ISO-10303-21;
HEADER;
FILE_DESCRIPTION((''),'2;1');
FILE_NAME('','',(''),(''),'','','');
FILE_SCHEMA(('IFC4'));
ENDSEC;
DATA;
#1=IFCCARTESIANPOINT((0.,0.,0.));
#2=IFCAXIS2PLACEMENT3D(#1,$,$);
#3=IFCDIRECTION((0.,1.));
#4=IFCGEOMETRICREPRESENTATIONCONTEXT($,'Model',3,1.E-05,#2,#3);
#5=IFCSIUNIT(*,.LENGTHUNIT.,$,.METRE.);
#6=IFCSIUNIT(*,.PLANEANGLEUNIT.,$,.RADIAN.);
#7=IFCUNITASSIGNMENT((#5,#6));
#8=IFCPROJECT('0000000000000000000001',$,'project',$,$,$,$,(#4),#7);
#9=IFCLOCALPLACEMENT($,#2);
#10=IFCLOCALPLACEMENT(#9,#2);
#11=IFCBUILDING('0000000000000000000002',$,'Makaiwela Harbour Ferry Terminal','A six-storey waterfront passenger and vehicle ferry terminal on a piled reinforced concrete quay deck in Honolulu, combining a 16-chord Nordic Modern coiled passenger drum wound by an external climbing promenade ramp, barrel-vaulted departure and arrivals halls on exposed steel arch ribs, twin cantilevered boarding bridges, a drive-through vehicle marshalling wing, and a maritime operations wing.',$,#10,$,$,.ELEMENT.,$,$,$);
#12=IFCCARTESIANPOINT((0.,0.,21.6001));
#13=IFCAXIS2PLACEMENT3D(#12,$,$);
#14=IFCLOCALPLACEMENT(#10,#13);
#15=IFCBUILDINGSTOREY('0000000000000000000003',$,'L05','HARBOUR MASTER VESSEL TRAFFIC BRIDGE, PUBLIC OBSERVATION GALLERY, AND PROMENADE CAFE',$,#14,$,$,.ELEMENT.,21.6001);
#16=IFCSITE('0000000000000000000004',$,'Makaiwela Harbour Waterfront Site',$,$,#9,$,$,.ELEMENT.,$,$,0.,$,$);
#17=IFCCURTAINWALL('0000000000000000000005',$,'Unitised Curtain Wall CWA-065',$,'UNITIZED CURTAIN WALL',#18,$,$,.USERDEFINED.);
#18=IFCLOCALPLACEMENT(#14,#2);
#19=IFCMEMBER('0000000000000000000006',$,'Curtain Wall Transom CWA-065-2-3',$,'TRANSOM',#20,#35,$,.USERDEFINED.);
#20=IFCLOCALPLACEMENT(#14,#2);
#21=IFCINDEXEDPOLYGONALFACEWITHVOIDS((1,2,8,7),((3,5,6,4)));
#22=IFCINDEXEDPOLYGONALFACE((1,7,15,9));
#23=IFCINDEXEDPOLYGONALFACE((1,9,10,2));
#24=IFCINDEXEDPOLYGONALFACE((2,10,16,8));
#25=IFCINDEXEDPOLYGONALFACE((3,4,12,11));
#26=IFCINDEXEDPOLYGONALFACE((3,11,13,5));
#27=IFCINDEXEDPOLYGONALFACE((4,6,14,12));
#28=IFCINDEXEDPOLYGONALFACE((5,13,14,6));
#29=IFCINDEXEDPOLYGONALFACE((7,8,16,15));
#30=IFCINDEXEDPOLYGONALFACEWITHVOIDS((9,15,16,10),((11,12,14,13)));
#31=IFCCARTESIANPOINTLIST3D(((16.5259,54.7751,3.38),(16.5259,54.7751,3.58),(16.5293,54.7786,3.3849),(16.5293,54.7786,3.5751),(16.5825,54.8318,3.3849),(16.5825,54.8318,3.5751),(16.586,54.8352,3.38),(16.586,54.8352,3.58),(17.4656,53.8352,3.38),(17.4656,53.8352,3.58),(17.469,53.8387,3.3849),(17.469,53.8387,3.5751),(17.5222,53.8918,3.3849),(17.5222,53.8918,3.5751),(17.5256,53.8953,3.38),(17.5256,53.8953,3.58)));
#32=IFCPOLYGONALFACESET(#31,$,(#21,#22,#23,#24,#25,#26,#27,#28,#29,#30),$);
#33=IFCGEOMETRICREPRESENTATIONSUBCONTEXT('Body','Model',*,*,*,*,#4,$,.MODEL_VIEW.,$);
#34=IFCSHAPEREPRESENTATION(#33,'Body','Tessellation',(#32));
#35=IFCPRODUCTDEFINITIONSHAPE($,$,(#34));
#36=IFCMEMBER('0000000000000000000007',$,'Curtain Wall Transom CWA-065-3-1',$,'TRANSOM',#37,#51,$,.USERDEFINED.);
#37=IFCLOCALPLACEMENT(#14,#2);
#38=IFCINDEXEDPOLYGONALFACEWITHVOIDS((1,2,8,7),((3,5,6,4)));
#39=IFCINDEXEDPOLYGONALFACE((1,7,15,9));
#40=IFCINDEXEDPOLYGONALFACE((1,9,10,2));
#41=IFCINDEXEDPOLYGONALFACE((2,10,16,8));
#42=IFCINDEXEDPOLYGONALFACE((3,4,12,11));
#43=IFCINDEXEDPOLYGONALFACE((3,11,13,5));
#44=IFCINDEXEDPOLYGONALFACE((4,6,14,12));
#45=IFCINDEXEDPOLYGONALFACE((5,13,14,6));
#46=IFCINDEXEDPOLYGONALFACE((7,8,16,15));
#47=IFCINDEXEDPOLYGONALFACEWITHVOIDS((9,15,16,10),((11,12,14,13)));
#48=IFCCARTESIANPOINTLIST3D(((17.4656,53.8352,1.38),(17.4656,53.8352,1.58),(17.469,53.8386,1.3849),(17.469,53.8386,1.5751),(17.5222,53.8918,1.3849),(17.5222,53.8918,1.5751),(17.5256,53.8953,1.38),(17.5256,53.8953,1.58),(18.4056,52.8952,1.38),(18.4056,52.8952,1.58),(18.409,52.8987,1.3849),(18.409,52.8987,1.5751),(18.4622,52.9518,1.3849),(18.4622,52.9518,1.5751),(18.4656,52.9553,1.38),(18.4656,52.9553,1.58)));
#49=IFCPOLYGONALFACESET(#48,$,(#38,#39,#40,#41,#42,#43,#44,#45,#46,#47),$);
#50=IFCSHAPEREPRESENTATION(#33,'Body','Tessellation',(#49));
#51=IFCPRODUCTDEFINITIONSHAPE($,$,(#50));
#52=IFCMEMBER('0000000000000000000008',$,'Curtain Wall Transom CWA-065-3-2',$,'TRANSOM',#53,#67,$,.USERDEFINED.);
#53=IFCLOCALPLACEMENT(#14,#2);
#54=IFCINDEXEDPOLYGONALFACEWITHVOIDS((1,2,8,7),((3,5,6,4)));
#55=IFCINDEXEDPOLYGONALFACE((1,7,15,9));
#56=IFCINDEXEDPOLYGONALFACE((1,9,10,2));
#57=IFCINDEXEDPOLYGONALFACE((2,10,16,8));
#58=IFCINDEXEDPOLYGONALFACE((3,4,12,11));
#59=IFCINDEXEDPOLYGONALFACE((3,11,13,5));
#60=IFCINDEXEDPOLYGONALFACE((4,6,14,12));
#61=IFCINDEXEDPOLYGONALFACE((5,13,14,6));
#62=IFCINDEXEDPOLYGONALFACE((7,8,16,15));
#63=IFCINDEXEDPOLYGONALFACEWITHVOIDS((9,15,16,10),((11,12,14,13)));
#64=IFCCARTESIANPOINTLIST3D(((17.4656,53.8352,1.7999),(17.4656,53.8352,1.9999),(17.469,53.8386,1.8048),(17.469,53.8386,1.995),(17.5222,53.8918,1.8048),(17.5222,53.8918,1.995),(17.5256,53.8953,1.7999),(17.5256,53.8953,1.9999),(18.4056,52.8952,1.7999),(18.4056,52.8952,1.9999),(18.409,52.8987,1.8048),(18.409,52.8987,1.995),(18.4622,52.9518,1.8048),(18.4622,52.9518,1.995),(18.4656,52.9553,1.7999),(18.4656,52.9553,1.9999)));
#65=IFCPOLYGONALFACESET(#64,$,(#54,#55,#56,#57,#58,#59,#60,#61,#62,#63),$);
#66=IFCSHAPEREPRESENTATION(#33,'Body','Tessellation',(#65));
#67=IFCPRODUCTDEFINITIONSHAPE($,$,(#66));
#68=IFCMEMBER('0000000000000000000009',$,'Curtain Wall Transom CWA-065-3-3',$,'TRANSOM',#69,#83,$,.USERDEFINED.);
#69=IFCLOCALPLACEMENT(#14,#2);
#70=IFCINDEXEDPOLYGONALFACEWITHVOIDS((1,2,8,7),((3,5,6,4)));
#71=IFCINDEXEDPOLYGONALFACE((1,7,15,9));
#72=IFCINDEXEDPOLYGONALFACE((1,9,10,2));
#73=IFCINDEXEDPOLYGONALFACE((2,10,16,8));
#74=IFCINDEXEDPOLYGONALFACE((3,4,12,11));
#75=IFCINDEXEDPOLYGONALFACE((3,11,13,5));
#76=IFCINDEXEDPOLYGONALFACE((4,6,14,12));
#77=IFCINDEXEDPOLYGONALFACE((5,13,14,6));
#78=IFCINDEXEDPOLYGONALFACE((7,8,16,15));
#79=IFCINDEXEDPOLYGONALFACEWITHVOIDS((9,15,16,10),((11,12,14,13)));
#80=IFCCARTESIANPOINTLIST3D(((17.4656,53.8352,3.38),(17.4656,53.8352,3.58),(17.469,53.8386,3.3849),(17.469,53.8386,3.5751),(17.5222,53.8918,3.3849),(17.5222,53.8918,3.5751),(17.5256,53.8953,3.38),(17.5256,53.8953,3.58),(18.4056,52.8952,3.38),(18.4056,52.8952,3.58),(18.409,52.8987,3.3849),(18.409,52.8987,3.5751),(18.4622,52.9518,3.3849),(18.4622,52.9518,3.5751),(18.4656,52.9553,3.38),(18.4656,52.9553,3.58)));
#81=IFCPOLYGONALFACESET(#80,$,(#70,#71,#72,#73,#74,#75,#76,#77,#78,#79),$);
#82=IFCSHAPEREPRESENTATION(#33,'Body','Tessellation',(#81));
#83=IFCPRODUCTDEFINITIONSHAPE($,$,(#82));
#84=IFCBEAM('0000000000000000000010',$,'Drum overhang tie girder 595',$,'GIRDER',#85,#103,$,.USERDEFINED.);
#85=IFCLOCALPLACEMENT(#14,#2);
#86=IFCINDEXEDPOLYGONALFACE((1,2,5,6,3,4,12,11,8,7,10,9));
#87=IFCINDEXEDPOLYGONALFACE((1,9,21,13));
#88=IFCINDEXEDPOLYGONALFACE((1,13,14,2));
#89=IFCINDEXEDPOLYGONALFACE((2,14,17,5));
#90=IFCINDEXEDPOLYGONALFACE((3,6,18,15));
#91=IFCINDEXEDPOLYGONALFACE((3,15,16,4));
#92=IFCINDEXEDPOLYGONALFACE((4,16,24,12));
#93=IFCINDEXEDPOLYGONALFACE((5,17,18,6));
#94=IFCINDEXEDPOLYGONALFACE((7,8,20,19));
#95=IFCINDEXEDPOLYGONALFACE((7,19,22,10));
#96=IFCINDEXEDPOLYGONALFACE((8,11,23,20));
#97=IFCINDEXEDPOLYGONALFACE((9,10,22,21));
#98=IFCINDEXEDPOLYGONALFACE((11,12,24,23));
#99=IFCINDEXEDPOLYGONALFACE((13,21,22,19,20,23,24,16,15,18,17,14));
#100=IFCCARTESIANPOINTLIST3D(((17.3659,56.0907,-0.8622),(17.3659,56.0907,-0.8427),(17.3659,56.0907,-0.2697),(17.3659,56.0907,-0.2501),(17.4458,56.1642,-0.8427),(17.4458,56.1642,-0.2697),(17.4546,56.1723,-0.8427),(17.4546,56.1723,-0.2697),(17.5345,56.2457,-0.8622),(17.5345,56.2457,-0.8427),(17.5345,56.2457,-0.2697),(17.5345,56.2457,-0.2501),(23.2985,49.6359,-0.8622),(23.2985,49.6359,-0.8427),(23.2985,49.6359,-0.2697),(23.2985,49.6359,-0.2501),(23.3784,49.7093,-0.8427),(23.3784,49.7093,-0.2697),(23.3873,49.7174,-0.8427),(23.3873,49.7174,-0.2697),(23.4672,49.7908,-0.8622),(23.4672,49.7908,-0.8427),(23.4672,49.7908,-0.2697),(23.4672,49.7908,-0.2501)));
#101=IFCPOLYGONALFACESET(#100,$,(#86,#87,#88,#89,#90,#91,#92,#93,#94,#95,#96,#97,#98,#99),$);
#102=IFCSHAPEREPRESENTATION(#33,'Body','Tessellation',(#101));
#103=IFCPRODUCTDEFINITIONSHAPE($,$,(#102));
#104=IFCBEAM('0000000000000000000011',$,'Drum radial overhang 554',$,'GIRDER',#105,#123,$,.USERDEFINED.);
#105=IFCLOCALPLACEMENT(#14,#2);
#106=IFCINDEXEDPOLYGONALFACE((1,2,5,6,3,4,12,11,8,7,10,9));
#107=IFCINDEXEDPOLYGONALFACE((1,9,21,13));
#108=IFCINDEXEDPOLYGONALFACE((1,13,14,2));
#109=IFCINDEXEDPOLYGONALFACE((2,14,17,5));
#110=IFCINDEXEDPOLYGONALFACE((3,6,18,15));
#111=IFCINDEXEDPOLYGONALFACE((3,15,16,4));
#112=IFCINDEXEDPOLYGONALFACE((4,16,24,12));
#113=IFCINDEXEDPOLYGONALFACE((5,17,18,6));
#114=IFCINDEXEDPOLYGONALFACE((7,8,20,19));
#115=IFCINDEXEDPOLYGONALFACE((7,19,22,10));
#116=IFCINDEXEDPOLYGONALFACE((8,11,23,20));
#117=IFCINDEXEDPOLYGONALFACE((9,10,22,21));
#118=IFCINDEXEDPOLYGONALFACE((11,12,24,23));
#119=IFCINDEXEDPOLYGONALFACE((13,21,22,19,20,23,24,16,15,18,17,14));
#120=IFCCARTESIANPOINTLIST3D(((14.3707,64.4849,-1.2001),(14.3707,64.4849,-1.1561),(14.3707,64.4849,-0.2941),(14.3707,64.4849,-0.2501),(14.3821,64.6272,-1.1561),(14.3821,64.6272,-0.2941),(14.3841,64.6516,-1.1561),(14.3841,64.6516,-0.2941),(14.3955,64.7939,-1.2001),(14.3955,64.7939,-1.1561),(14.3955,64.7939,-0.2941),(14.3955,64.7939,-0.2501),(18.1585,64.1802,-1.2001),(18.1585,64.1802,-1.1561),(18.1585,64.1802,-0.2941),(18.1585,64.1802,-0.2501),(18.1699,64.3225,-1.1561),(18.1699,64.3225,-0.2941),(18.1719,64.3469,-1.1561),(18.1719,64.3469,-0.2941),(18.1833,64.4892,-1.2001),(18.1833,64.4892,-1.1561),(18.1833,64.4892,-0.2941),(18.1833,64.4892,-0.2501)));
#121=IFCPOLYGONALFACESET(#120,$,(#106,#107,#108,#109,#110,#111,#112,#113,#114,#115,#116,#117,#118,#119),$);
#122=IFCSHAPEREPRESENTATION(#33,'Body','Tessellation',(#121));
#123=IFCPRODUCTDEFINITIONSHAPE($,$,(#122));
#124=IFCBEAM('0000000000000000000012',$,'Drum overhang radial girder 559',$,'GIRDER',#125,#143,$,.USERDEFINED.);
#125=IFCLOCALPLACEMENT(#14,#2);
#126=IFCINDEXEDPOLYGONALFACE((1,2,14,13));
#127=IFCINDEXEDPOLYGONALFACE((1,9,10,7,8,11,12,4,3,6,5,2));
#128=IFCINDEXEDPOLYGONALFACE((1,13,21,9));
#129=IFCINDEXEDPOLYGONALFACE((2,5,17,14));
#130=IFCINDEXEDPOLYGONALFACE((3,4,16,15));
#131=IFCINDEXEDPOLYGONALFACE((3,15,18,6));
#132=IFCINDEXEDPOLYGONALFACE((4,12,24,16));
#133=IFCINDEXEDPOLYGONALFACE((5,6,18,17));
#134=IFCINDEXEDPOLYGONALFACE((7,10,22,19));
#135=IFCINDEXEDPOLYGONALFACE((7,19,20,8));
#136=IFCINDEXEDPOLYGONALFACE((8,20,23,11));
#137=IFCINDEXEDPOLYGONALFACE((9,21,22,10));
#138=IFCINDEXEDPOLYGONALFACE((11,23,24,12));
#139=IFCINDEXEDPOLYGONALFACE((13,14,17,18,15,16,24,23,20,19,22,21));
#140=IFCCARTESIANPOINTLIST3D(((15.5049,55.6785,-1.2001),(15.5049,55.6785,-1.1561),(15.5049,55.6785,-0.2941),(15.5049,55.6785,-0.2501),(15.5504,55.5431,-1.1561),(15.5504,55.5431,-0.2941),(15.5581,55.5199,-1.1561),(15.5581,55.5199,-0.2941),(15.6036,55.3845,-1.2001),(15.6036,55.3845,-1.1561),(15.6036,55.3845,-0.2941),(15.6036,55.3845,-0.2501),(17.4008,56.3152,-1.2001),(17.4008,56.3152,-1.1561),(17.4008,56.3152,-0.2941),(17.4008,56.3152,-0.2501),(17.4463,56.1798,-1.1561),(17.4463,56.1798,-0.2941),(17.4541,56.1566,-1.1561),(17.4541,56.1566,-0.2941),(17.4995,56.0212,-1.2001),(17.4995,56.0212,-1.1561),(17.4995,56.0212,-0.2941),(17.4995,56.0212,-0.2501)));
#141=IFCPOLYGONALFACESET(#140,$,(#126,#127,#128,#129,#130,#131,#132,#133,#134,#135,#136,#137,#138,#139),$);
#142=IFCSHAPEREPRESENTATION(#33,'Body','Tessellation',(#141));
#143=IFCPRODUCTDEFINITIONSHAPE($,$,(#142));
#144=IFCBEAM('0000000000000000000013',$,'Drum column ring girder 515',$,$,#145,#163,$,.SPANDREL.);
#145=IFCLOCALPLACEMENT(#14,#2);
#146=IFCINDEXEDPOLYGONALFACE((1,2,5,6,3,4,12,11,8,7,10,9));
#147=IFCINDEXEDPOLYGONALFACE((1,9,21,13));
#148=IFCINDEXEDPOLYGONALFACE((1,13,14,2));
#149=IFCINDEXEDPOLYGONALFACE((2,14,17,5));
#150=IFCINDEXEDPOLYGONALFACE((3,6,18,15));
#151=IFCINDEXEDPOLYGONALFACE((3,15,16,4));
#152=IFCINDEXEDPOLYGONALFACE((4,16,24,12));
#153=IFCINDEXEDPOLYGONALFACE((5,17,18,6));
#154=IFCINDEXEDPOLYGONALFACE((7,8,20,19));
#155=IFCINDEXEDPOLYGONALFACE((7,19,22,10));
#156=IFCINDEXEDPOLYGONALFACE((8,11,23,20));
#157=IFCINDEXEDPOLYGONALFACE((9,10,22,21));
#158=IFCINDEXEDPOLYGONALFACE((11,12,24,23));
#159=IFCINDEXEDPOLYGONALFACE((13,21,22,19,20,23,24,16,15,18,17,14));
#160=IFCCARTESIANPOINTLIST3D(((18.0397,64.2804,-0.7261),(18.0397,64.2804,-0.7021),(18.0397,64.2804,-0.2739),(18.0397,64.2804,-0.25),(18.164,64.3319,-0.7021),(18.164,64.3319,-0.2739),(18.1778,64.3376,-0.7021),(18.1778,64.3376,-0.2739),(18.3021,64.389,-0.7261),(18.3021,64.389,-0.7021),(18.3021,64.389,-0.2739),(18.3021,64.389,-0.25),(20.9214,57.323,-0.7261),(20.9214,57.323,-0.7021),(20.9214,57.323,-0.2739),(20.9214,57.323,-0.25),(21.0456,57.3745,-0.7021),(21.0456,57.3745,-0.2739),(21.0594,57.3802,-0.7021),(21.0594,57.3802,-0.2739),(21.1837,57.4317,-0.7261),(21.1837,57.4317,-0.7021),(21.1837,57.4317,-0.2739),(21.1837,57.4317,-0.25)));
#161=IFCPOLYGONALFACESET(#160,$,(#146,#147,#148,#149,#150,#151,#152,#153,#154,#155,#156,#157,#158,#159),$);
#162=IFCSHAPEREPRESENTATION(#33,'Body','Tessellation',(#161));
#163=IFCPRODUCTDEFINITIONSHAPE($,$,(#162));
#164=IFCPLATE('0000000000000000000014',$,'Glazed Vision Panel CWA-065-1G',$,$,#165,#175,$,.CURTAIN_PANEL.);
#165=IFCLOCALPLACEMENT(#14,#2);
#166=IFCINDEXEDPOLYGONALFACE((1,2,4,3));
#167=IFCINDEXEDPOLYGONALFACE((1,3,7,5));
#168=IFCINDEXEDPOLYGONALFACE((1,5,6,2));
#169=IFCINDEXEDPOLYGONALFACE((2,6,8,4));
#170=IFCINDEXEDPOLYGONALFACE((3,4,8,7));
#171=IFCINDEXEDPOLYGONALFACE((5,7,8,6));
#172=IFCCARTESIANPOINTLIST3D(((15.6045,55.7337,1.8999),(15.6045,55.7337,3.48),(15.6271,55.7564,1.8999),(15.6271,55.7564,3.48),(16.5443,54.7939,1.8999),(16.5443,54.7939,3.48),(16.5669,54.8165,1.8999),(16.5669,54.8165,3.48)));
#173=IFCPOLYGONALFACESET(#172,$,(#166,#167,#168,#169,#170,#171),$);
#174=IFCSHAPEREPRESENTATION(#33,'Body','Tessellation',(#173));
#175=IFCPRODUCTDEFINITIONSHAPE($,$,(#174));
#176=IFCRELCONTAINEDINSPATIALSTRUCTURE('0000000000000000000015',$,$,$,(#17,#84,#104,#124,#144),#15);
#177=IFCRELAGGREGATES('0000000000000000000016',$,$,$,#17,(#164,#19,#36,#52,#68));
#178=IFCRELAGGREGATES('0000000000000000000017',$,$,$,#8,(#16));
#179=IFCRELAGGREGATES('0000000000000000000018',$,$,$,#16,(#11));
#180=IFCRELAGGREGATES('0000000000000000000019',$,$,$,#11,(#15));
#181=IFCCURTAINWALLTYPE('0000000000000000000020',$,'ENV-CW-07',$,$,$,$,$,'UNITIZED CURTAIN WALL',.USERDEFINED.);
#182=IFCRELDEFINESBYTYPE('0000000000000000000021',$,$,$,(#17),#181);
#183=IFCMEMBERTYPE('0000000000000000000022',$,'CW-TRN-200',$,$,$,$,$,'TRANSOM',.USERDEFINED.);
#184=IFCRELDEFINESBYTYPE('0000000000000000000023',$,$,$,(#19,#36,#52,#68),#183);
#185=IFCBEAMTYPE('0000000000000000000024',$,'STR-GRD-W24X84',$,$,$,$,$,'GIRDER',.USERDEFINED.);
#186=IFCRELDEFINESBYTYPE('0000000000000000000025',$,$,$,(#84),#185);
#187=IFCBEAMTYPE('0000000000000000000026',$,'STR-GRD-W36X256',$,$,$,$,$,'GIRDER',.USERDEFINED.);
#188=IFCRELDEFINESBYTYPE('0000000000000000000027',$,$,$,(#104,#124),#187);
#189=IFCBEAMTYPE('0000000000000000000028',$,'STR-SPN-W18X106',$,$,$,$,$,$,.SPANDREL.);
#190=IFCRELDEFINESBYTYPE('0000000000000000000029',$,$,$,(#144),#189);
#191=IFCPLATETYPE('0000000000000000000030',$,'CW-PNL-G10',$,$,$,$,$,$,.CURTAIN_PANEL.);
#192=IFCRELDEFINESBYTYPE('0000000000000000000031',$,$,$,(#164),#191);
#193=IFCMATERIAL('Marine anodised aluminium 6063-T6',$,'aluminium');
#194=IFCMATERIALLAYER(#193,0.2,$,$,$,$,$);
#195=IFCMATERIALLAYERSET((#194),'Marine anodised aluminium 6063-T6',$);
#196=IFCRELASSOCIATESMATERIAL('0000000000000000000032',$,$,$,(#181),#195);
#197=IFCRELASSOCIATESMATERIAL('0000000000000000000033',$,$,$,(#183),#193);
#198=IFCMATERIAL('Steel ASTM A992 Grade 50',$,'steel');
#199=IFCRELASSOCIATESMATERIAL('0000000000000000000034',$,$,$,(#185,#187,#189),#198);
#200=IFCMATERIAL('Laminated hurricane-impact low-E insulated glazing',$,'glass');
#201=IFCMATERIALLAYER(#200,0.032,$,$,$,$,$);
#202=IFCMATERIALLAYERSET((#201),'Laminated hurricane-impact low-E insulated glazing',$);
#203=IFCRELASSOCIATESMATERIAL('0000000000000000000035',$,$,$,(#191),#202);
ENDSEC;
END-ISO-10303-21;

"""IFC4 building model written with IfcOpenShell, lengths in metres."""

from ifc_helpers import new_model, si_unit, direction, frame, origin, origin_2d, place, context, subcontext, project, spatial, rectangle, hollow_rectangle, i_section, extrude, material, layer, layer_set, material_profile, profile_set, type_object, element, aggregate, save


model = new_model("IFC4")

# Units and contexts
model_context = context("Model", 3, precision=1e-05, world=origin(), true_north=direction((0.0, 1.0)))
body_context = subcontext(model_context, "Body", "Model", "MODEL_VIEW")
ifc_project = project(units=[si_unit("LENGTHUNIT", "METRE"), si_unit("PLANEANGLEUNIT", "RADIAN")], contexts=[model_context])

# Site, building, storey
site_placement = place(None, origin())
site = spatial("IfcSite", under=ifc_project, at=site_placement, Name="Makaiwela Harbour Waterfront Site", CompositionType="ELEMENT", RefElevation=0.0)
building_placement = place(site_placement, origin())
building = spatial("IfcBuilding", under=site, at=building_placement, Name="Makaiwela Harbour Ferry Terminal", Description="A six-storey waterfront passenger and vehicle ferry terminal on a piled reinforced concrete quay deck in Honolulu, combining a 16-chord Nordic Modern coiled passenger drum wound by an external climbing promenade ramp, barrel-vaulted departure and arrivals halls on exposed steel arch ribs, twin cantilevered boarding bridges, a drive-through vehicle marshalling wing, and a maritime operations wing.", CompositionType="ELEMENT")
storey_placement = place(building_placement, frame((0.0, 0.0, 21.6001)))
storey = spatial("IfcBuildingStorey", under=building, at=storey_placement, Name="L05", Description="HARBOUR MASTER VESSEL TRAFFIC BRIDGE, PUBLIC OBSERVATION GALLERY, AND PROMENADE CAFE", CompositionType="ELEMENT", Elevation=21.6001)

# Shared definitions
ifc_material_1 = material(Name="Steel ASTM A992 Grade 50", Category="steel")

# Shared definitions
ifc_material_2 = material(Name="Marine anodised aluminium 6063-T6", Category="aluminium")
ifc_layer_1 = layer(ifc_material_2, 0.2)
ifc_layer_set_1 = layer_set([ifc_layer_1], Name="Marine anodised aluminium 6063-T6")
curtain_wall_type = type_object("IfcCurtainWallType", Name="ENV-CW-07", ElementType="UNITIZED CURTAIN WALL", PredefinedType="USERDEFINED", material=ifc_layer_set_1)

# Curtain wall, members
curtain_wall_1_placement = place(storey_placement, origin())
curtain_wall_1 = element("IfcCurtainWall", 1, at=curtain_wall_1_placement, inside=storey, type_object=curtain_wall_type, Name="Unitised Curtain Wall CWA-065", ObjectType="UNITIZED CURTAIN WALL", PredefinedType="USERDEFINED")
ifc_material_profile_1 = material_profile(ifc_material_2, hollow_rectangle(XDim=0.085, YDim=0.2, WallThickness=0.0049, at=origin_2d()), Name="CWT-200X85")
ifc_profile_set_1 = profile_set([ifc_material_profile_1], Name="Marine anodised aluminium 6063-T6")
member_type_1 = type_object("IfcMemberType", Name="CW-TRN-200", ElementType="TRANSOM", PredefinedType="USERDEFINED", material=ifc_profile_set_1)
member_1_placement = place(storey_placement, frame((16.5559, 54.8052, 3.48), z_axis=(0.707015, -0.707199, 0.0), x_axis=(0.707199, 0.707015, 0.0)))
member_1 = element("IfcMember", 2, at=member_1_placement, type_object=member_type_1, Name="Curtain Wall Transom CWA-065-2-3", ObjectType="TRANSOM", PredefinedType="USERDEFINED", context=body_context, shape_type="SweptSolid", body=[
    extrude(hollow_rectangle(XDim=0.085, YDim=0.2, WallThickness=0.0049, at=origin_2d()), origin(), (0.0, 0.0, 1.0), 1.3291),
])
member_2_placement = place(storey_placement, frame((17.4956, 53.8652, 1.48), z_axis=(0.707107, -0.707107, 0.0), x_axis=(0.707107, 0.707107, 0.0)))
member_2 = element("IfcMember", 3, at=member_2_placement, type_object=member_type_1, Name="Curtain Wall Transom CWA-065-3-1", ObjectType="TRANSOM", PredefinedType="USERDEFINED", context=body_context, shape_type="SweptSolid", body=[
    extrude(hollow_rectangle(XDim=0.085, YDim=0.2, WallThickness=0.0049, at=origin_2d()), origin(), (0.0, 0.0, 1.0), 1.3293),
])
member_3_placement = place(storey_placement, frame((17.4956, 53.8652, 1.8999), z_axis=(0.707107, -0.707107, 0.0), x_axis=(0.707107, 0.707107, 0.0)))
member_3 = element("IfcMember", 4, at=member_3_placement, type_object=member_type_1, Name="Curtain Wall Transom CWA-065-3-2", ObjectType="TRANSOM", PredefinedType="USERDEFINED", context=body_context, shape_type="SweptSolid", body=[
    extrude(hollow_rectangle(XDim=0.085, YDim=0.2, WallThickness=0.0049, at=origin_2d()), origin(), (0.0, 0.0, 1.0), 1.3293),
])
member_4_placement = place(storey_placement, frame((17.4956, 53.8652, 3.48), z_axis=(0.707107, -0.707107, 0.0), x_axis=(0.707107, 0.707107, 0.0)))
member_4 = element("IfcMember", 5, at=member_4_placement, type_object=member_type_1, Name="Curtain Wall Transom CWA-065-3-3", ObjectType="TRANSOM", PredefinedType="USERDEFINED", context=body_context, shape_type="SweptSolid", body=[
    extrude(hollow_rectangle(XDim=0.085, YDim=0.2, WallThickness=0.0049, at=origin_2d()), origin(), (0.0, 0.0, 1.0), 1.3293),
])

# Beams
ifc_material_profile_2 = material_profile(ifc_material_1, i_section(OverallWidth=0.229, OverallDepth=0.6121, WebThickness=0.012, FlangeThickness=0.0195, at=origin_2d()), Name="W24X84")
ifc_profile_set_2 = profile_set([ifc_material_profile_2], Name="Steel ASTM A992 Grade 50")
beam_type_1 = type_object("IfcBeamType", Name="STR-GRD-W24X84", ElementType="GIRDER", PredefinedType="USERDEFINED", material=ifc_profile_set_2)
beam_1_placement = place(storey_placement, frame((17.4502, 56.1682, -0.5562), z_axis=(0.676696, -0.736262, 0.0), x_axis=(0.736262, 0.676696, 0.0)))
element("IfcBeam", 6, at=beam_1_placement, inside=storey, type_object=beam_type_1, Name="Drum overhang tie girder 595", ObjectType="GIRDER", PredefinedType="USERDEFINED", context=body_context, shape_type="SweptSolid", body=[
    extrude(i_section(OverallWidth=0.229, OverallDepth=0.6121, WebThickness=0.012, FlangeThickness=0.0195, at=origin_2d()), origin(), (0.0, 0.0, 1.0), 8.7671),
])
ifc_material_profile_3 = material_profile(ifc_material_1, i_section(OverallWidth=0.3101, OverallDepth=0.95, WebThickness=0.0244, FlangeThickness=0.0439, at=origin_2d()), Name="W36X256")
ifc_profile_set_3 = profile_set([ifc_material_profile_3], Name="Steel ASTM A992 Grade 50")
beam_type_2 = type_object("IfcBeamType", Name="STR-GRD-W36X256", ElementType="GIRDER", PredefinedType="USERDEFINED", material=ifc_profile_set_3)
beam_2_placement = place(storey_placement, frame((18.1709, 64.3347, -0.7251), z_axis=(-0.99678, 0.080179, 0.0), x_axis=(-0.080179, -0.99678, 0.0)))
element("IfcBeam", 7, at=beam_2_placement, inside=storey, type_object=beam_type_2, Name="Drum radial overhang 554", ObjectType="GIRDER", PredefinedType="USERDEFINED", context=body_context, shape_type="SweptSolid", body=[
    extrude(i_section(OverallWidth=0.3101, OverallDepth=0.95, WebThickness=0.0244, FlangeThickness=0.0439, at=origin_2d()), origin(), (0.0, 0.0, 1.0), 3.8),
])
beam_3_placement = place(storey_placement, frame((17.4502, 56.1682, -0.7251), z_axis=(-0.947973, -0.318351, 0.0), x_axis=(0.318351, -0.947973, 0.0)))
element("IfcBeam", 8, at=beam_3_placement, inside=storey, type_object=beam_type_2, Name="Drum overhang radial girder 559", ObjectType="GIRDER", PredefinedType="USERDEFINED", context=body_context, shape_type="SweptSolid", body=[
    extrude(i_section(OverallWidth=0.3101, OverallDepth=0.95, WebThickness=0.0244, FlangeThickness=0.0439, at=origin_2d()), origin(), (0.0, 0.0, 1.0), 2.0),
])
ifc_material_profile_4 = material_profile(ifc_material_1, i_section(OverallWidth=0.2839, OverallDepth=0.4761, WebThickness=0.0149, FlangeThickness=0.0239, at=origin_2d()), Name="W18X106")
ifc_profile_set_4 = profile_set([ifc_material_profile_4], Name="Steel ASTM A992 Grade 50")
beam_type_3 = type_object("IfcBeamType", Name="STR-SPN-W18X106", PredefinedType="SPANDREL", material=ifc_profile_set_4)
beam_4_placement = place(storey_placement, frame((18.1709, 64.3347, -0.488), z_axis=(0.38266, -0.923889, 0.0), x_axis=(0.923889, 0.38266, 0.0)))
element("IfcBeam", 9, at=beam_4_placement, inside=storey, type_object=beam_type_3, Name="Drum column ring girder 515", PredefinedType="SPANDREL", context=body_context, shape_type="SweptSolid", body=[
    extrude(i_section(OverallWidth=0.2839, OverallDepth=0.4761, WebThickness=0.0149, FlangeThickness=0.0239, at=origin_2d()), origin(), (0.0, 0.0, 1.0), 7.5305),
])

# Plate
ifc_material_3 = material(Name="Laminated hurricane-impact low-E insulated glazing", Category="glass")
ifc_layer_2 = layer(ifc_material_3, 0.032)
ifc_layer_set_2 = layer_set([ifc_layer_2], Name="Laminated hurricane-impact low-E insulated glazing")
plate_type_1 = type_object("IfcPlateType", Name="CW-PNL-G10", PredefinedType="CURTAIN_PANEL", material=ifc_layer_set_2)
plate_1_placement = place(storey_placement, frame((16.0857, 55.2751, 1.8999), z_axis=(0.0, 0.0, 1.0), x_axis=(0.707107, -0.707107, 0.0)))
plate_1 = element("IfcPlate", 10, at=plate_1_placement, type_object=plate_type_1, Name="Glazed Vision Panel CWA-065-1G", PredefinedType="CURTAIN_PANEL", context=body_context, shape_type="SweptSolid", body=[
    extrude(rectangle(XDim=1.3291, YDim=0.032, at=origin_2d()), origin(), (0.0, 0.0, 1.0), 1.5801),
])
aggregate(curtain_wall_1, [plate_1, member_1, member_2, member_3, member_4])

save(model, "model.ifc")
